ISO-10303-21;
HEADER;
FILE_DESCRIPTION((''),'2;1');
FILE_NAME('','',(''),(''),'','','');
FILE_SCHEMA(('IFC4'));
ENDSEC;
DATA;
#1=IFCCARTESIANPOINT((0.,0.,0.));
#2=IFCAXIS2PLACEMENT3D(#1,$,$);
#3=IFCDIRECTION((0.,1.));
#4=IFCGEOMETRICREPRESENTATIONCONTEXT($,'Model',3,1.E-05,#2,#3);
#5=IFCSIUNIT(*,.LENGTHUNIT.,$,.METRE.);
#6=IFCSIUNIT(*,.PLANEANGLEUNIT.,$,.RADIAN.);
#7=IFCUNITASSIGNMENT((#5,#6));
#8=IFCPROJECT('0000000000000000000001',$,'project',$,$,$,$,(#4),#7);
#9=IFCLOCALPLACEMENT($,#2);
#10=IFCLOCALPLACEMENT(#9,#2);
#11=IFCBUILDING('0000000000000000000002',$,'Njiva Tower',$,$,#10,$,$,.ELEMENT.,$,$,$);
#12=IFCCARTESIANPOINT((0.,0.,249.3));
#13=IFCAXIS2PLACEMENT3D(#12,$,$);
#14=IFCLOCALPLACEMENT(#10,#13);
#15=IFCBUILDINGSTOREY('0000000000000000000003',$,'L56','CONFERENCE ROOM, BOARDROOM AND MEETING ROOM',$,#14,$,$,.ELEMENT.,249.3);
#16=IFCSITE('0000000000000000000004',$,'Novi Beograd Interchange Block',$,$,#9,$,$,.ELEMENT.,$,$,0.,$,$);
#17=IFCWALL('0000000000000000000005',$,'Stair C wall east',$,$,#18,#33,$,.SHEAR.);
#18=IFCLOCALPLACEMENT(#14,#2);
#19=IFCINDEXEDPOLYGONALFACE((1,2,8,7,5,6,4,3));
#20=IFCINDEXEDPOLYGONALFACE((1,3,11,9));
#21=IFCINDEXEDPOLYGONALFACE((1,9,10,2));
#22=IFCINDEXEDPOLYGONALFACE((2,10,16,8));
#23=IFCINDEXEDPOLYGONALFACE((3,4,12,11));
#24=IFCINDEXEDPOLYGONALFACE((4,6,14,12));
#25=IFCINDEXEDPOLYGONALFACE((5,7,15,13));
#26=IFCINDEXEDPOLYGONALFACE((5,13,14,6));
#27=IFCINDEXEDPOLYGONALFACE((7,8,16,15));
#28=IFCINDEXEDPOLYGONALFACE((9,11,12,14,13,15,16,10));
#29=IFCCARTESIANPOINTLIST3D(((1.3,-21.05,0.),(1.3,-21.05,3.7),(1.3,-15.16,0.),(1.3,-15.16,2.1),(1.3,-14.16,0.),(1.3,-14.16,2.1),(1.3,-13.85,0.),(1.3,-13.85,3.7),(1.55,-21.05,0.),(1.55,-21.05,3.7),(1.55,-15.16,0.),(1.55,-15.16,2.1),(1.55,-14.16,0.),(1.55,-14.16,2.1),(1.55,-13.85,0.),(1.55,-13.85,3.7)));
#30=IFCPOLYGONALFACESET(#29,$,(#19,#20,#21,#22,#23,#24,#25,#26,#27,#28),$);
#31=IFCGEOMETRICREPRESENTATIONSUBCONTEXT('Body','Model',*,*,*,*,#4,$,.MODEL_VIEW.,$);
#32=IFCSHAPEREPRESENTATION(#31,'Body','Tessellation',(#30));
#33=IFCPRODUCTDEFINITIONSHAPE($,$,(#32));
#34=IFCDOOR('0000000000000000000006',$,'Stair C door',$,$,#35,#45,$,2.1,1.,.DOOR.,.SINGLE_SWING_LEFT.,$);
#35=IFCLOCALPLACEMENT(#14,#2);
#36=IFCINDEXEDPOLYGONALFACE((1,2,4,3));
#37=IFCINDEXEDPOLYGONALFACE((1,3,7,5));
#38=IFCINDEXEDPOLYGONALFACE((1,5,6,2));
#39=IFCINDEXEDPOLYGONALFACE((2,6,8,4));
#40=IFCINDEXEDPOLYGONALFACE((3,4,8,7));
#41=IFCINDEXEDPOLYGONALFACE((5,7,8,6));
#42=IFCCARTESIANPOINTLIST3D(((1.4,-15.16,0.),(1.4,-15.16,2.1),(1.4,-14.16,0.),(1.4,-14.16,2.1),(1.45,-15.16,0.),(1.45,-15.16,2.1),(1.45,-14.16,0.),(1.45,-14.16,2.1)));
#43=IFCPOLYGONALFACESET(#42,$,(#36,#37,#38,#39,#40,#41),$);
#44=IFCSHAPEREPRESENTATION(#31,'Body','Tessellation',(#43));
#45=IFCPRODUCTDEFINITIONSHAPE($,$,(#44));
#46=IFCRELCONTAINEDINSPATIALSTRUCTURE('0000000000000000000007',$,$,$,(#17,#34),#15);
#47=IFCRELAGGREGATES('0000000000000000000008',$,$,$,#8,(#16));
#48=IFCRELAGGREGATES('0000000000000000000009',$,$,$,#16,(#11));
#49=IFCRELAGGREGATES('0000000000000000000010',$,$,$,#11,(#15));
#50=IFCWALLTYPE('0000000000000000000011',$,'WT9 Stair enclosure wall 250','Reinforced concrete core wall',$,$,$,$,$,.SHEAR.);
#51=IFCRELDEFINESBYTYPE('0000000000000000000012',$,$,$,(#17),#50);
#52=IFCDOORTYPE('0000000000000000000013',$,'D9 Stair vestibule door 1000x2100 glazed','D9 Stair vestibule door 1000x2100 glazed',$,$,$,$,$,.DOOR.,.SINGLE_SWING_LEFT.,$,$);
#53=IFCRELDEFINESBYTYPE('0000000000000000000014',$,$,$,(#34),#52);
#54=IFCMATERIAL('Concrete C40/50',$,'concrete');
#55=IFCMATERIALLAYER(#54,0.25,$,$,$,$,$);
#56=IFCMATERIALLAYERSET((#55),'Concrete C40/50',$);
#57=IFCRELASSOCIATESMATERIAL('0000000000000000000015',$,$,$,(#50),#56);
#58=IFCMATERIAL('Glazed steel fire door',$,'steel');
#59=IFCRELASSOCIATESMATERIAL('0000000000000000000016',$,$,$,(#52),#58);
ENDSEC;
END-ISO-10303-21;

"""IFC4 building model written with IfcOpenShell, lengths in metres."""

from ifc_helpers import new_model, si_unit, direction, frame, frame_2d, origin, place, context, subcontext, project, spatial, rectangle, extrude, material, layer, layer_set, type_object, element, fill, save


model = new_model("IFC4")

# Units and contexts
model_context = context("Model", 3, precision=1e-05, world=origin(), true_north=direction((0.0, 1.0)))
body_context = subcontext(model_context, "Body", "Model", "MODEL_VIEW")
ifc_project = project(units=[si_unit("LENGTHUNIT", "METRE"), si_unit("PLANEANGLEUNIT", "RADIAN")], contexts=[model_context])

# Site, building, storey
site_placement = place(None, origin())
site = spatial("IfcSite", under=ifc_project, at=site_placement, Name="Novi Beograd Interchange Block", CompositionType="ELEMENT", RefElevation=0.0)
building_placement = place(site_placement, origin())
building = spatial("IfcBuilding", under=site, at=building_placement, Name="Njiva Tower", CompositionType="ELEMENT")
storey_placement = place(building_placement, frame((0.0, 0.0, 249.3)))
storey = spatial("IfcBuildingStorey", under=building, at=storey_placement, Name="L56", Description="CONFERENCE ROOM, BOARDROOM AND MEETING ROOM", CompositionType="ELEMENT", Elevation=249.3)

# Wall, opening, door
ifc_material_1 = material(Name="Concrete C40/50", Category="concrete")
ifc_layer_1 = layer(ifc_material_1, 0.25)
ifc_layer_set_1 = layer_set([ifc_layer_1], Name="Concrete C40/50")
wall_type_1 = type_object("IfcWallType", Name="WT9 Stair enclosure wall 250", Description="Reinforced concrete core wall", PredefinedType="SHEAR", material=ifc_layer_set_1)
wall_1_placement = place(storey_placement, frame((1.425, -21.05, 0.0), z_axis=(0.0, 0.0, 1.0), x_axis=(0.0, 1.0, 0.0)))
wall_1 = element("IfcWall", 1, at=wall_1_placement, inside=storey, type_object=wall_type_1, Name="Stair C wall east", PredefinedType="SHEAR", context=body_context, shape_type="SweptSolid", body=[
    extrude(rectangle(XDim=7.2, YDim=0.25, at=frame_2d((3.6, 0.0))), origin(), (0.0, 0.0, 1.0), 3.7),
])
opening_1_placement = place(wall_1_placement, frame((5.89, 0.0, 0.0)))
opening_1 = element("IfcOpeningElement", 2, at=opening_1_placement, cuts=wall_1, PredefinedType="OPENING", context=body_context, shape_type="SweptSolid", body=[
    extrude(rectangle(XDim=1.0, YDim=2.1, at=frame_2d((0.5, 1.05))), frame((0.0, 0.135, 0.0), z_axis=(0.0, -1.0, 0.0), x_axis=(1.0, 0.0, 0.0)), (0.0, 0.0, 1.0), 0.27),
])
ifc_material_2 = material(Name="Glazed steel fire door", Category="steel")
door_type = type_object("IfcDoorType", Name="D9 Stair vestibule door 1000x2100 glazed", Description="D9 Stair vestibule door 1000x2100 glazed", OperationType="SINGLE_SWING_LEFT", PredefinedType="DOOR", material=ifc_material_2)
door_placement = place(opening_1_placement, origin())
door = element("IfcDoor", 3, at=door_placement, inside=storey, type_object=door_type, Name="Stair C door", OperationType="SINGLE_SWING_LEFT", OverallHeight=2.1, OverallWidth=1.0, PredefinedType="DOOR", context=body_context, shape_type="SweptSolid", body=[
    extrude(rectangle(XDim=1.0, YDim=2.1, at=frame_2d((0.5, 1.05))), frame((0.0, 0.025, 0.0), z_axis=(0.0, -1.0, 0.0), x_axis=(1.0, 0.0, 0.0)), (0.0, 0.0, 1.0), 0.05),
])
fill(opening_1, door)

save(model, "model.ifc")
